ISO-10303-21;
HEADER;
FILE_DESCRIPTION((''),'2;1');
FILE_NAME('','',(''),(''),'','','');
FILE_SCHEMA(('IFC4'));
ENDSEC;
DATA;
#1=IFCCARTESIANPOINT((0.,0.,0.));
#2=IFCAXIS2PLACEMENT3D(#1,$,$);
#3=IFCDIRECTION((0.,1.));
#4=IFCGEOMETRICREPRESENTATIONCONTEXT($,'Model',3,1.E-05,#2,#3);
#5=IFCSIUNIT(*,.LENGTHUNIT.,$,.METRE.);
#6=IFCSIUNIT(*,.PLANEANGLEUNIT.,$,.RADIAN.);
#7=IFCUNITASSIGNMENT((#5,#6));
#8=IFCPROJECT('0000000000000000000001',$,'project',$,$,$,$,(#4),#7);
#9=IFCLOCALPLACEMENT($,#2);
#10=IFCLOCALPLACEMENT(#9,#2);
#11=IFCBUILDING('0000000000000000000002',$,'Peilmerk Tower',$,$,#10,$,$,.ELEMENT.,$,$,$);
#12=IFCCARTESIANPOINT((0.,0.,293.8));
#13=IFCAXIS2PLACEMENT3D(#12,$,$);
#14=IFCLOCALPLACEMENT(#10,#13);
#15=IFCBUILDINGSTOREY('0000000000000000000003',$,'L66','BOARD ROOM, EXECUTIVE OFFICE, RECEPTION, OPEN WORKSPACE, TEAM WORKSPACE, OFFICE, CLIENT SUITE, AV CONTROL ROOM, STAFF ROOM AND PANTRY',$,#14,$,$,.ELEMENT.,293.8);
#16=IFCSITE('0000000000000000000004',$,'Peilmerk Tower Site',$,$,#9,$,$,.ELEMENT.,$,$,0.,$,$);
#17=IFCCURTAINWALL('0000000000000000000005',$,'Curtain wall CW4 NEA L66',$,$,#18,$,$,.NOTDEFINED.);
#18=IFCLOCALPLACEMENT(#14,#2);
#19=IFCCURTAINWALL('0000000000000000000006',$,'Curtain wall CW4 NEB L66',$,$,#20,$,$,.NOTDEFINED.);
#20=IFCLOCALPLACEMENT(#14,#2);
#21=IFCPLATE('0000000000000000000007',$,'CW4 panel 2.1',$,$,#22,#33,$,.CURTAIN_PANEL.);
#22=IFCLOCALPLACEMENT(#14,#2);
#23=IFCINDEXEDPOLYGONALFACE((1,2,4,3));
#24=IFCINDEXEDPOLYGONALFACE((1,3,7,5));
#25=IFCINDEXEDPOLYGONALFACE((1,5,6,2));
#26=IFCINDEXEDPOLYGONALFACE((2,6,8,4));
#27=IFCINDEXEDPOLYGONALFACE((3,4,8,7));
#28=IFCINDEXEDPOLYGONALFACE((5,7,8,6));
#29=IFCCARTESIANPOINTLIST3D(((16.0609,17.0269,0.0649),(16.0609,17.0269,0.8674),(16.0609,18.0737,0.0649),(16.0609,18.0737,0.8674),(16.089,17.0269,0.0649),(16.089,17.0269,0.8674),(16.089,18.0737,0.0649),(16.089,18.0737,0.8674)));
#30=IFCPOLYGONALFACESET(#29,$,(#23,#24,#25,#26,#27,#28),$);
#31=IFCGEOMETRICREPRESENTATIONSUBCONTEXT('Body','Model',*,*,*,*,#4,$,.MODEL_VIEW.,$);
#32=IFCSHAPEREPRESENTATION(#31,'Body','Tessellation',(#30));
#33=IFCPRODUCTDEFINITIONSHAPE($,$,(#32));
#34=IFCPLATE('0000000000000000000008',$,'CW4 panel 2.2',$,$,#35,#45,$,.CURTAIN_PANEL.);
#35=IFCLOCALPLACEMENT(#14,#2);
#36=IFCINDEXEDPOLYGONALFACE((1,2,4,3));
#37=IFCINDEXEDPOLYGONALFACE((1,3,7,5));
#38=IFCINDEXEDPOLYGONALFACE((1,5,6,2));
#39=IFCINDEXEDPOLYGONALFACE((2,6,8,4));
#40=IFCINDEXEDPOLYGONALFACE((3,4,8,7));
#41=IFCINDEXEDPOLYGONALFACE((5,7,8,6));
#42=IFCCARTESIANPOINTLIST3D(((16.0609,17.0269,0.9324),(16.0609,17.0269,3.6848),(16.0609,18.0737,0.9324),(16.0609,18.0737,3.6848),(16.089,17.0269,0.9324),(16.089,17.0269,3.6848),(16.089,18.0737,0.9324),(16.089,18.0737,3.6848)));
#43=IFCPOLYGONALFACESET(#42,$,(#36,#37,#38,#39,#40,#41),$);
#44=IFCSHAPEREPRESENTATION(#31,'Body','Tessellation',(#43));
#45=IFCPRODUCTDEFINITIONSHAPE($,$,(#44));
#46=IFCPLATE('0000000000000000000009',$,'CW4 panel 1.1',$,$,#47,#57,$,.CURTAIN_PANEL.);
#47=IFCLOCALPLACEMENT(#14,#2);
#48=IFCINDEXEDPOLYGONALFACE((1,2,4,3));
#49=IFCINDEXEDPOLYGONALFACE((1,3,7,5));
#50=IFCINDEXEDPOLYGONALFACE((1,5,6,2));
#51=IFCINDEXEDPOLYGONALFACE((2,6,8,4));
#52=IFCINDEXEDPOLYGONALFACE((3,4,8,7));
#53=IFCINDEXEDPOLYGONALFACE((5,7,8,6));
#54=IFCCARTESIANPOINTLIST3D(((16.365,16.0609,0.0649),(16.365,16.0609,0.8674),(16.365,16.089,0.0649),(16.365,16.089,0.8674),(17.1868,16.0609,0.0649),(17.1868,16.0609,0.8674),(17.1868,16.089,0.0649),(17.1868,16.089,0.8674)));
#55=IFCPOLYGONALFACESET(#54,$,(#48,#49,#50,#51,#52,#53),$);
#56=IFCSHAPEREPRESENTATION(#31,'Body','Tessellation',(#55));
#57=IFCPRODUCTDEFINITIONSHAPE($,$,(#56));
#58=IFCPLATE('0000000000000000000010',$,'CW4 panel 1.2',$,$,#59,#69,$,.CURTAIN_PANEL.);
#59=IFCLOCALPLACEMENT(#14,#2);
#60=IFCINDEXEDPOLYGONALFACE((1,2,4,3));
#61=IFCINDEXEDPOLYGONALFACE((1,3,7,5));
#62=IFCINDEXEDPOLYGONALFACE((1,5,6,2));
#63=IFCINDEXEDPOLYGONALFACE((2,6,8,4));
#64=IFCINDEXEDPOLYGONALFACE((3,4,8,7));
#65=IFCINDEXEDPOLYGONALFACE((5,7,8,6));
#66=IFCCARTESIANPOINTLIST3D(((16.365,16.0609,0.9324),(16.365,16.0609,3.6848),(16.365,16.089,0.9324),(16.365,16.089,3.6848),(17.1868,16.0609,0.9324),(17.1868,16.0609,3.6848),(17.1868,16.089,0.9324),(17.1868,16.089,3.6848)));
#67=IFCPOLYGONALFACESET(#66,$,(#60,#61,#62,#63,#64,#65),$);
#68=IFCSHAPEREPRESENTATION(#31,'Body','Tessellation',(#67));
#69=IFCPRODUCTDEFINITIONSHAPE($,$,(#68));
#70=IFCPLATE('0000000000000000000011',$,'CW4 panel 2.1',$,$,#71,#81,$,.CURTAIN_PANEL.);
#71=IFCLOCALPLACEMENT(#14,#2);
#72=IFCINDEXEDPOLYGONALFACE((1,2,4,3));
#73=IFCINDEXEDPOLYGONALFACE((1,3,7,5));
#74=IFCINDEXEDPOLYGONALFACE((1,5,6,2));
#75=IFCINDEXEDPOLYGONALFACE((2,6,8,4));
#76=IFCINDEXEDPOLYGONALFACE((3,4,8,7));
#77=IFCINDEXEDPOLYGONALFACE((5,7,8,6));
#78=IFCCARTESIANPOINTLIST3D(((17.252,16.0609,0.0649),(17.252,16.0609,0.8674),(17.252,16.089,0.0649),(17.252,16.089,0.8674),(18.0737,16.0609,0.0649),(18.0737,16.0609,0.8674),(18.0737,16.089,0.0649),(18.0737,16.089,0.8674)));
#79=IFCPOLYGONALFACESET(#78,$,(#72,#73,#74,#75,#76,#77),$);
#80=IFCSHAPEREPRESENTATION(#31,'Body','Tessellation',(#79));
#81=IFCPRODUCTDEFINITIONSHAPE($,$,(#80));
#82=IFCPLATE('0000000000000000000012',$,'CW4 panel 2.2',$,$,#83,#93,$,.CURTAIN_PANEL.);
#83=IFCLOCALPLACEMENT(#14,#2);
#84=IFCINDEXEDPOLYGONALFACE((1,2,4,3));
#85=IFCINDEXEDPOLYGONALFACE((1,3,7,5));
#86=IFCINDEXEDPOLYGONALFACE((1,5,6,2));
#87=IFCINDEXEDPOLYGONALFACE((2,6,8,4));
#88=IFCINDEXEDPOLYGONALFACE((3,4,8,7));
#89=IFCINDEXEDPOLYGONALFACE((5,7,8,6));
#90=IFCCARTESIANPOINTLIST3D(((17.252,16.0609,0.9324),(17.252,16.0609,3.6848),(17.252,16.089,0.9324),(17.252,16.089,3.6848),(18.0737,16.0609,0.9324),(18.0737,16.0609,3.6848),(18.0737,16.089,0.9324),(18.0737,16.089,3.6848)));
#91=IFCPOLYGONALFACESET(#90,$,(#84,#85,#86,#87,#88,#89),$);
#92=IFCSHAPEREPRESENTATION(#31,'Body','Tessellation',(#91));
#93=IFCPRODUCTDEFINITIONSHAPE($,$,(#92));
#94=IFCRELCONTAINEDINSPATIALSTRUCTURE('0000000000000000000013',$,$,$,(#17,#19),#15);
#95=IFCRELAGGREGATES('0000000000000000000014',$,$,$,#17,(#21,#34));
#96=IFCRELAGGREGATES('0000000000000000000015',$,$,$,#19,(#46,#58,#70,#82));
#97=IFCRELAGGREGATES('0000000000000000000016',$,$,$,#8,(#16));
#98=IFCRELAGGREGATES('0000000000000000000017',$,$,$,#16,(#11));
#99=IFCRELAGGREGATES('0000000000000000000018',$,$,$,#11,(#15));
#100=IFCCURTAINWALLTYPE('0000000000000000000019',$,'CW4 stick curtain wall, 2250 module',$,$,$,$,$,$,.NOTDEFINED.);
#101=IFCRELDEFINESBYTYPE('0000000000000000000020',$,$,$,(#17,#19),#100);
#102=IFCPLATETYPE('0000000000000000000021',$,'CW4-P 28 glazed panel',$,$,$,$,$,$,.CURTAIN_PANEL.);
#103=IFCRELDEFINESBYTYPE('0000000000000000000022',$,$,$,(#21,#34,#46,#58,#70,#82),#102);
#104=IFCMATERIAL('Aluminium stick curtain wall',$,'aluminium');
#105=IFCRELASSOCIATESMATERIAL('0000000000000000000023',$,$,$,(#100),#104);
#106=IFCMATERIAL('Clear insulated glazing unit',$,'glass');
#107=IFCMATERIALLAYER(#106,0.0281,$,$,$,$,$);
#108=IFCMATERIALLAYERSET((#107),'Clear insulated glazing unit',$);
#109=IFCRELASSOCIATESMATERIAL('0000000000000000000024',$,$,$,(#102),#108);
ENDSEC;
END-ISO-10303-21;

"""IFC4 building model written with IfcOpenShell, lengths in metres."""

from ifc_helpers import new_model, si_unit, direction, frame, origin, origin_2d, place, context, subcontext, project, spatial, rectangle, extrude, material, layer, layer_set, type_object, element, aggregate, save


model = new_model("IFC4")

# Units and contexts
model_context = context("Model", 3, precision=1e-05, world=origin(), true_north=direction((0.0, 1.0)))
body_context = subcontext(model_context, "Body", "Model", "MODEL_VIEW")
ifc_project = project(units=[si_unit("LENGTHUNIT", "METRE"), si_unit("PLANEANGLEUNIT", "RADIAN")], contexts=[model_context])

# Site, building, storey
site_placement = place(None, origin())
site = spatial("IfcSite", under=ifc_project, at=site_placement, Name="Peilmerk Tower Site", CompositionType="ELEMENT", RefElevation=0.0)
building_placement = place(site_placement, origin())
building = spatial("IfcBuilding", under=site, at=building_placement, Name="Peilmerk Tower", CompositionType="ELEMENT")
storey_placement = place(building_placement, frame((0.0, 0.0, 293.8)))
storey = spatial("IfcBuildingStorey", under=building, at=storey_placement, Name="L66", Description="BOARD ROOM, EXECUTIVE OFFICE, RECEPTION, OPEN WORKSPACE, TEAM WORKSPACE, OFFICE, CLIENT SUITE, AV CONTROL ROOM, STAFF ROOM AND PANTRY", CompositionType="ELEMENT", Elevation=293.8)

# Curtain wall
ifc_material_1 = material(Name="Aluminium stick curtain wall", Category="aluminium")
curtain_wall_type = type_object("IfcCurtainWallType", Name="CW4 stick curtain wall, 2250 module", PredefinedType="NOTDEFINED", material=ifc_material_1)
curtain_wall_1_placement = place(storey_placement, origin())
curtain_wall_1 = element("IfcCurtainWall", 1, at=curtain_wall_1_placement, inside=storey, type_object=curtain_wall_type, Name="Curtain wall CW4 NEA L66", PredefinedType="NOTDEFINED")

# Curtain wall
curtain_wall_2_placement = place(storey_placement, origin())
curtain_wall_2 = element("IfcCurtainWall", 2, at=curtain_wall_2_placement, inside=storey, type_object=curtain_wall_type, Name="Curtain wall CW4 NEB L66", PredefinedType="NOTDEFINED")

# Plates
ifc_material_2 = material(Name="Clear insulated glazing unit", Category="glass")
ifc_layer_1 = layer(ifc_material_2, 0.0281)
ifc_layer_set_1 = layer_set([ifc_layer_1], Name="Clear insulated glazing unit")
plate_type = type_object("IfcPlateType", Name="CW4-P 28 glazed panel", PredefinedType="CURTAIN_PANEL", material=ifc_layer_set_1)
plate_1_placement = place(storey_placement, frame((16.075, 17.5503, 0.0649), z_axis=(0.0, 0.0, 1.0), x_axis=(0.0, 1.0, 0.0)))
plate_1 = element("IfcPlate", 3, at=plate_1_placement, type_object=plate_type, Name="CW4 panel 2.1", PredefinedType="CURTAIN_PANEL", context=body_context, shape_type="SweptSolid", body=[
    extrude(rectangle(XDim=1.0469, YDim=0.0281, at=origin_2d()), origin(), (0.0, 0.0, 1.0), 0.8025),
])
plate_2_placement = place(storey_placement, frame((16.075, 17.5503, 0.9324), z_axis=(0.0, 0.0, 1.0), x_axis=(0.0, 1.0, 0.0)))
plate_2 = element("IfcPlate", 4, at=plate_2_placement, type_object=plate_type, Name="CW4 panel 2.2", PredefinedType="CURTAIN_PANEL", context=body_context, shape_type="SweptSolid", body=[
    extrude(rectangle(XDim=1.0469, YDim=0.0281, at=origin_2d()), origin(), (0.0, 0.0, 1.0), 2.7524),
])
aggregate(curtain_wall_1, [plate_1, plate_2])
plate_3_placement = place(storey_placement, frame((16.7759, 16.075, 0.0649), z_axis=(0.0, 0.0, 1.0), x_axis=(1.0, 0.0, 0.0)))
plate_3 = element("IfcPlate", 5, at=plate_3_placement, type_object=plate_type, Name="CW4 panel 1.1", PredefinedType="CURTAIN_PANEL", context=body_context, shape_type="SweptSolid", body=[
    extrude(rectangle(XDim=0.8218, YDim=0.0281, at=origin_2d()), origin(), (0.0, 0.0, 1.0), 0.8025),
])
plate_4_placement = place(storey_placement, frame((16.7759, 16.075, 0.9324), z_axis=(0.0, 0.0, 1.0), x_axis=(1.0, 0.0, 0.0)))
plate_4 = element("IfcPlate", 6, at=plate_4_placement, type_object=plate_type, Name="CW4 panel 1.2", PredefinedType="CURTAIN_PANEL", context=body_context, shape_type="SweptSolid", body=[
    extrude(rectangle(XDim=0.8218, YDim=0.0281, at=origin_2d()), origin(), (0.0, 0.0, 1.0), 2.7524),
])
plate_5_placement = place(storey_placement, frame((17.6628, 16.075, 0.0649), z_axis=(0.0, 0.0, 1.0), x_axis=(1.0, 0.0, 0.0)))
plate_5 = element("IfcPlate", 7, at=plate_5_placement, type_object=plate_type, Name="CW4 panel 2.1", PredefinedType="CURTAIN_PANEL", context=body_context, shape_type="SweptSolid", body=[
    extrude(rectangle(XDim=0.8218, YDim=0.0281, at=origin_2d()), origin(), (0.0, 0.0, 1.0), 0.8025),
])
plate_6_placement = place(storey_placement, frame((17.6628, 16.075, 0.9324), z_axis=(0.0, 0.0, 1.0), x_axis=(1.0, 0.0, 0.0)))
plate_6 = element("IfcPlate", 8, at=plate_6_placement, type_object=plate_type, Name="CW4 panel 2.2", PredefinedType="CURTAIN_PANEL", context=body_context, shape_type="SweptSolid", body=[
    extrude(rectangle(XDim=0.8218, YDim=0.0281, at=origin_2d()), origin(), (0.0, 0.0, 1.0), 2.7524),
])
aggregate(curtain_wall_2, [plate_3, plate_4, plate_5, plate_6])

save(model, "model.ifc")
